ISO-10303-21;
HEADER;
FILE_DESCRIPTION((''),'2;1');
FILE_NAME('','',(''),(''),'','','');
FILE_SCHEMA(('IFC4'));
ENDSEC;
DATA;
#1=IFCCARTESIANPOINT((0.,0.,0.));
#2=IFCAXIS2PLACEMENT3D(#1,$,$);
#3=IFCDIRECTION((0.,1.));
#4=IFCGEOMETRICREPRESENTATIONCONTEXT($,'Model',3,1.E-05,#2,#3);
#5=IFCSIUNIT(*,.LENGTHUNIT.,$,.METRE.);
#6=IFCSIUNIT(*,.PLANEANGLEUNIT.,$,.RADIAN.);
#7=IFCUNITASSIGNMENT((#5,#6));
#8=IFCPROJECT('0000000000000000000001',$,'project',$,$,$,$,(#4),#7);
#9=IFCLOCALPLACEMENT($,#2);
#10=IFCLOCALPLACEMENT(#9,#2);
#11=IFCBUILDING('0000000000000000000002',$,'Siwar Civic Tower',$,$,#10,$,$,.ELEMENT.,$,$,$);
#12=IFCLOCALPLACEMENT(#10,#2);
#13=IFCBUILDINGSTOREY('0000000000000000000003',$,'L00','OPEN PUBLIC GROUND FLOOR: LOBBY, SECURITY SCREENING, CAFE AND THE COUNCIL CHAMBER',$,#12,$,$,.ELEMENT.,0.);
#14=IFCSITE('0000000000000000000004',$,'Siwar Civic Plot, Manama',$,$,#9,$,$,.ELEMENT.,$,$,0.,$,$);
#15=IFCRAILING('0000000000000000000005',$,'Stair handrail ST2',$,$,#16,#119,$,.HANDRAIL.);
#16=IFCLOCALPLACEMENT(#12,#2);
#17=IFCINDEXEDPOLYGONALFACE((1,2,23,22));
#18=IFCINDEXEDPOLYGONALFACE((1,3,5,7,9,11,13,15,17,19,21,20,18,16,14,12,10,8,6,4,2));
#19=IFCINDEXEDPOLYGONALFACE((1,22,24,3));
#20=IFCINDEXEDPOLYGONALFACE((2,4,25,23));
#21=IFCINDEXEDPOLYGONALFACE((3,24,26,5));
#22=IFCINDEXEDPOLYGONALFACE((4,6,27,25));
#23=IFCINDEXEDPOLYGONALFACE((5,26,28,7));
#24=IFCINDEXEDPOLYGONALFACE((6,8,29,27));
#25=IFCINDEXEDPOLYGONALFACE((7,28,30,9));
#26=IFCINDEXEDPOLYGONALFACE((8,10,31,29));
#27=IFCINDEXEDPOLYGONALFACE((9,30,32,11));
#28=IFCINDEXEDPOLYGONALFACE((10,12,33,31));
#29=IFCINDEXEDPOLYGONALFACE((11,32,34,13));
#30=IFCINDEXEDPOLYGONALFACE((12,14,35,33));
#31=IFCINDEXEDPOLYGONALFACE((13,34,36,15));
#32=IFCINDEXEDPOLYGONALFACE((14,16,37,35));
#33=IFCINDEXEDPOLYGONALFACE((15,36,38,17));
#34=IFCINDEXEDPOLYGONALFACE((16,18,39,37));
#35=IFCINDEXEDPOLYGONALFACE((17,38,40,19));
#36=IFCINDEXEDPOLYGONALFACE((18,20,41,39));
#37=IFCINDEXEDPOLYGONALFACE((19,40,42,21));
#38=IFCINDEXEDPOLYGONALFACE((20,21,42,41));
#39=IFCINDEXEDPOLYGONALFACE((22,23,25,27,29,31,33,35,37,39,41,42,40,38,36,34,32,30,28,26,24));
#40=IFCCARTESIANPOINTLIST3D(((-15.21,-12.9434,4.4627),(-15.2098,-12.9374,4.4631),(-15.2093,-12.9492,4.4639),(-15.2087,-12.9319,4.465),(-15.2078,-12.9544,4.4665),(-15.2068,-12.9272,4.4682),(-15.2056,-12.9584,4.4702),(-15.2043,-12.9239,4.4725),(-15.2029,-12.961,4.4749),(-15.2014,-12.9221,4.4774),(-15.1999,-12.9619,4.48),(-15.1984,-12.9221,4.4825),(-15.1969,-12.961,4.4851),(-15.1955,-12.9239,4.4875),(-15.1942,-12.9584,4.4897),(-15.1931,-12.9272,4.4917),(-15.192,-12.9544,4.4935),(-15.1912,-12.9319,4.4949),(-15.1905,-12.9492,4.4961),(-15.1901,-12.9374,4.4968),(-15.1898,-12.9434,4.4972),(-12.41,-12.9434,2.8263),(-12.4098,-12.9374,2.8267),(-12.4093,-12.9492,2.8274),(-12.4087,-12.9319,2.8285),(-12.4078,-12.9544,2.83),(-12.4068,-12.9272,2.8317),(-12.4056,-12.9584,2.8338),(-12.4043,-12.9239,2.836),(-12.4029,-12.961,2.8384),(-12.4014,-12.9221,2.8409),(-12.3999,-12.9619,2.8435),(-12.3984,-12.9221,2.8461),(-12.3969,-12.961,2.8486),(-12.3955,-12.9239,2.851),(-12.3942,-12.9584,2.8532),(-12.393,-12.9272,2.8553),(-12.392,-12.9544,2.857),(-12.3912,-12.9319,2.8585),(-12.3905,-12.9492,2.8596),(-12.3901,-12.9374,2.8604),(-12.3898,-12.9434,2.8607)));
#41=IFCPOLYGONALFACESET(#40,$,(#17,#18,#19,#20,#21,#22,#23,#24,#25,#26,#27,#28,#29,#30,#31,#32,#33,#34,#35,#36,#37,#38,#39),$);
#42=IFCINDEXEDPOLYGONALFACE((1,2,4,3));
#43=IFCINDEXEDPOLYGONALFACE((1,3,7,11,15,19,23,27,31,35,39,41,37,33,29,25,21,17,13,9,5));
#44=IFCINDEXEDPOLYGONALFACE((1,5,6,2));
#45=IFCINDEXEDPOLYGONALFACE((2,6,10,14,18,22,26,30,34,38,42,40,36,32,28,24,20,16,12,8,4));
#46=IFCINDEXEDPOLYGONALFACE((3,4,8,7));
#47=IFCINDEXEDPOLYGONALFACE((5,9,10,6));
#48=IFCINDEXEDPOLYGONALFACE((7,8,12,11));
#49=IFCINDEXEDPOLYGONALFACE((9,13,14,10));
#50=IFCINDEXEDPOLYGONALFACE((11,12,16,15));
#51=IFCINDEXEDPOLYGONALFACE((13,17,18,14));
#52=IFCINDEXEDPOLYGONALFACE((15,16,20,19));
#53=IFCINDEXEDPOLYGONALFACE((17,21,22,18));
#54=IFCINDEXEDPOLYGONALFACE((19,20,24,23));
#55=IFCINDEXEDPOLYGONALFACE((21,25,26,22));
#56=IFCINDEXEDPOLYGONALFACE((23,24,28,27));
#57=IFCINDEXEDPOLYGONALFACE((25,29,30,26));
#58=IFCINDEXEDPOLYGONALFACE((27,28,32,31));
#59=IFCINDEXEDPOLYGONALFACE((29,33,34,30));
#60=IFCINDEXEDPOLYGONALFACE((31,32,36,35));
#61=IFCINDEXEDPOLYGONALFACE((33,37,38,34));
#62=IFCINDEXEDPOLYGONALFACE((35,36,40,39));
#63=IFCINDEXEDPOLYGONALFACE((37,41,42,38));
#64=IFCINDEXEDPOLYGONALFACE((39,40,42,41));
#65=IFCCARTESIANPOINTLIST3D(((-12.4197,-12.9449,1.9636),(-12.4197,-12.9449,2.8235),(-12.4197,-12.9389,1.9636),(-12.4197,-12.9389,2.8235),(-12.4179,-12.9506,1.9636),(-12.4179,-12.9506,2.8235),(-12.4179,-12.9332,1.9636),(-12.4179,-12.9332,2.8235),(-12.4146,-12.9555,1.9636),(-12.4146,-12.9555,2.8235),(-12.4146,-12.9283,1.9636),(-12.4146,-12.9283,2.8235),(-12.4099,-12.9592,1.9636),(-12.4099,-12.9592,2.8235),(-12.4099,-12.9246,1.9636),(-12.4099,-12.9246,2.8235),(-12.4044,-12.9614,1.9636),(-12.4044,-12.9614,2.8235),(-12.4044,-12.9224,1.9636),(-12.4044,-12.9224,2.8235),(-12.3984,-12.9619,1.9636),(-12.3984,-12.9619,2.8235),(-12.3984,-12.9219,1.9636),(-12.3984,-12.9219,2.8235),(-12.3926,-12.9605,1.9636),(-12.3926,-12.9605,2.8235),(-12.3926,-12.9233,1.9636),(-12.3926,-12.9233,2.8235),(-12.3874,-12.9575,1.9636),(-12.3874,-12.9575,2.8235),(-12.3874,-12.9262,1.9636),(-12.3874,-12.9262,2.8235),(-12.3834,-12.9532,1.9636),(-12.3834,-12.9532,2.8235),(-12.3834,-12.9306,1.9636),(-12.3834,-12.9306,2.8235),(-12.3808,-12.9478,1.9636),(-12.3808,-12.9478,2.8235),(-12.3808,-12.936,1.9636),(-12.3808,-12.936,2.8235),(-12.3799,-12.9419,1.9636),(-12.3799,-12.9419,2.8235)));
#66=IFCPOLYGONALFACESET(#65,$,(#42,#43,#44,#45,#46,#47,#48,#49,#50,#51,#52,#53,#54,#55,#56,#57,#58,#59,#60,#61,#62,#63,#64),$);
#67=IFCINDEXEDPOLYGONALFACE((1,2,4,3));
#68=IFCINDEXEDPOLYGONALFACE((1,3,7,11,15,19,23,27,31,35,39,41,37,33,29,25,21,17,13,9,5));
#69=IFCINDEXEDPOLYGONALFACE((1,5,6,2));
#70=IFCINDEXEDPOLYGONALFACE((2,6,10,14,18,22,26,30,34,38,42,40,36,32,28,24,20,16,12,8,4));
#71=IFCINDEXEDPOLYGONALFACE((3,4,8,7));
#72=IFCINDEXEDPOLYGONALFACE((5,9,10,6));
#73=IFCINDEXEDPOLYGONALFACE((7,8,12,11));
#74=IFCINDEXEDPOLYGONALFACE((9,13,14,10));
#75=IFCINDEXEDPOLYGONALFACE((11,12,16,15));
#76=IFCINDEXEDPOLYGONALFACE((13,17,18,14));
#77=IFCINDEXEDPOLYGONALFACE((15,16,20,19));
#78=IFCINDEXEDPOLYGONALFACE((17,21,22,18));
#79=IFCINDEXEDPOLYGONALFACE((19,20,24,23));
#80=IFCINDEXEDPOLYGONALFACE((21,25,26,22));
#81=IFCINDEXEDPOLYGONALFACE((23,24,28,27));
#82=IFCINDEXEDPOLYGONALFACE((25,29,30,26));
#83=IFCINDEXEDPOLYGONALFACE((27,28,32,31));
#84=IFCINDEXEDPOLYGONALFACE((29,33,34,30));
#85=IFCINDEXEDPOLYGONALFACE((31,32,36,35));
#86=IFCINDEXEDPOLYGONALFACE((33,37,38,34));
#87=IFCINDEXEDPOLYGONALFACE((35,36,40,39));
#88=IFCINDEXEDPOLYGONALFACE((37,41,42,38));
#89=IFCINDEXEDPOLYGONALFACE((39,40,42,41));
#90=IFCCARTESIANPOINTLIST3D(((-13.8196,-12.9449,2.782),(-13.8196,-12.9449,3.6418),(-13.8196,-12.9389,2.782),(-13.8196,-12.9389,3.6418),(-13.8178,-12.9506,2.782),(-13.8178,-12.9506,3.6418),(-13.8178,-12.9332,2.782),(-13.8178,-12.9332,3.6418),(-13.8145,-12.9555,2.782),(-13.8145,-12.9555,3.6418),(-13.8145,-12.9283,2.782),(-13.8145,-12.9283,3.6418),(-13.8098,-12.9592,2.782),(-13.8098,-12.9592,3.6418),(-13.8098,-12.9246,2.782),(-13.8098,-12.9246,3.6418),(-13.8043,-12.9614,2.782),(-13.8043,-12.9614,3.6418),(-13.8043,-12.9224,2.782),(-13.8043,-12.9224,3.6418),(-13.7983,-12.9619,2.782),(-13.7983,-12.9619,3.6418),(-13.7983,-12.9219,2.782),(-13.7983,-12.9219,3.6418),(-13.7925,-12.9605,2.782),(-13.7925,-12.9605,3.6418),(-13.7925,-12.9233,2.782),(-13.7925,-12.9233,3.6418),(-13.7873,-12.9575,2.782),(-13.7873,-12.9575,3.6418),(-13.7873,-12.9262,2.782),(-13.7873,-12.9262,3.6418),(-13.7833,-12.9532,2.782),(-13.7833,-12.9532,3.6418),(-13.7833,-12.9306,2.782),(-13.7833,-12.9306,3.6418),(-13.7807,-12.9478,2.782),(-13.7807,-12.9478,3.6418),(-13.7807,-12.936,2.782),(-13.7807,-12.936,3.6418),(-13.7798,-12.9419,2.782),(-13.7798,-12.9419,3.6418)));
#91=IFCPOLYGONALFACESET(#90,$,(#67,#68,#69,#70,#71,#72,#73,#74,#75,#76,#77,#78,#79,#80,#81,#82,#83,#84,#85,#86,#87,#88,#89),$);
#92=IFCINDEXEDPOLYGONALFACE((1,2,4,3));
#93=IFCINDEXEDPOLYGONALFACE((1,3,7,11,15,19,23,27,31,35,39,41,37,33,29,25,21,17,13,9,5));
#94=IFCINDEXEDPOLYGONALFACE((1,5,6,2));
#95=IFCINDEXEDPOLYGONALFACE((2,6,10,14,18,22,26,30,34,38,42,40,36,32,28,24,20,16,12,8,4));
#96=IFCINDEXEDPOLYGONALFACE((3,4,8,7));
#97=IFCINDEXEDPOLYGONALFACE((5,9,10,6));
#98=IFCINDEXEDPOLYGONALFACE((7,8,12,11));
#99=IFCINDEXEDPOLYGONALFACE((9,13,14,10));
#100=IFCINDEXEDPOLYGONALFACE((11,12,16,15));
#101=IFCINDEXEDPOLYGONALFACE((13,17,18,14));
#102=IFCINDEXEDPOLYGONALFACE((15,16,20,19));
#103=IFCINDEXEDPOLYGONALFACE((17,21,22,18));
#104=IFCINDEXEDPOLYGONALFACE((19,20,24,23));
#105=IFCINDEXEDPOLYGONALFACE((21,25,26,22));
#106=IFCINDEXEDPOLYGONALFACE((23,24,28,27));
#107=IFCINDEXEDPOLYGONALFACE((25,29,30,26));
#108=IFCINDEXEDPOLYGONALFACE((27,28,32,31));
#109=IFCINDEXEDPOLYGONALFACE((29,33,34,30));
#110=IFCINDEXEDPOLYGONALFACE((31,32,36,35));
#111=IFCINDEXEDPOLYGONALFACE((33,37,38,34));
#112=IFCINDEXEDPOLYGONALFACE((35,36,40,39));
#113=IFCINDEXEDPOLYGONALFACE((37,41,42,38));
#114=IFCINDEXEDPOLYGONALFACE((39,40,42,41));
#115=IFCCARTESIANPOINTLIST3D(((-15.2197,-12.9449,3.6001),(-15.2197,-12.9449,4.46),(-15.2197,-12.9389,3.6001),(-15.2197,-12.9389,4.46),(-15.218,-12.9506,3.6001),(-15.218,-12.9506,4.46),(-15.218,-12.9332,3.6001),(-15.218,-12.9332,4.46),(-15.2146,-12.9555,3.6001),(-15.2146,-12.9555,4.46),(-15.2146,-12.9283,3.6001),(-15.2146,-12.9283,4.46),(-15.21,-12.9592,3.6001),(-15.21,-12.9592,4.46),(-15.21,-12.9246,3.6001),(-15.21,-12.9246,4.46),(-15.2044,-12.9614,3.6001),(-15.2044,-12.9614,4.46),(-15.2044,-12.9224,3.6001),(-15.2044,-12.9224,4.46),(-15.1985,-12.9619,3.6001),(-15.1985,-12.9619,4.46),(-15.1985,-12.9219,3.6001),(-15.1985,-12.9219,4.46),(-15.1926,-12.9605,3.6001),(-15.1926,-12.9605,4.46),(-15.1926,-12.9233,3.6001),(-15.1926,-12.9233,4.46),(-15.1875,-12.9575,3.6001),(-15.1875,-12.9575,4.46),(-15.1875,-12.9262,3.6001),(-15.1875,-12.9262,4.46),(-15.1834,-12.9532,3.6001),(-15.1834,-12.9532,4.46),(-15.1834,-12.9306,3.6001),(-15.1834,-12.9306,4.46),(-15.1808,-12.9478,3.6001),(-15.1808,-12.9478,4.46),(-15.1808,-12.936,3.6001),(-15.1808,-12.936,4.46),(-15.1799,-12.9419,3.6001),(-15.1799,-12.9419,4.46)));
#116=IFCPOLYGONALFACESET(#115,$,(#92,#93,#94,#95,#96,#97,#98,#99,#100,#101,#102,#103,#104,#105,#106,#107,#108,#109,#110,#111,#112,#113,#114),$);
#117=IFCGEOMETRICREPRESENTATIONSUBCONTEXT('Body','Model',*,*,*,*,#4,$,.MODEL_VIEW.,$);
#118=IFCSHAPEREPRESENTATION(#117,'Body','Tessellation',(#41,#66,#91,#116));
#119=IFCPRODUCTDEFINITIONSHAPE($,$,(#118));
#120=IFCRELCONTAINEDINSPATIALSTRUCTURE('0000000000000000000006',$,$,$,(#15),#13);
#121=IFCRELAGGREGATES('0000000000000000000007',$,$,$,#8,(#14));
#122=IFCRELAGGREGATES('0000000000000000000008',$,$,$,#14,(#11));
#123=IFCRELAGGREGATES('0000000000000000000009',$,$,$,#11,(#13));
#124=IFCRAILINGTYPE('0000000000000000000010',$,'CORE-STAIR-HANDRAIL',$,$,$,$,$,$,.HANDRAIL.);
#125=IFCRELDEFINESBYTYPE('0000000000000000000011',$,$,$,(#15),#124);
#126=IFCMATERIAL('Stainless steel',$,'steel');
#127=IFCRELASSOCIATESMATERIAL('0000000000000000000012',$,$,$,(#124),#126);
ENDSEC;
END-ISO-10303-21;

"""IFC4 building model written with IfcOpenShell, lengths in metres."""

from ifc_helpers import new_model, si_unit, direction, frame, origin, origin_2d, place, context, subcontext, project, spatial, circle, extrude, material, type_object, element, save


model = new_model("IFC4")

# Units and contexts
model_context = context("Model", 3, precision=1e-05, world=origin(), true_north=direction((0.0, 1.0)))
body_context = subcontext(model_context, "Body", "Model", "MODEL_VIEW")
ifc_project = project(units=[si_unit("LENGTHUNIT", "METRE"), si_unit("PLANEANGLEUNIT", "RADIAN")], contexts=[model_context])

# Site, building, storey
site_placement = place(None, origin())
site = spatial("IfcSite", under=ifc_project, at=site_placement, Name="Siwar Civic Plot, Manama", CompositionType="ELEMENT", RefElevation=0.0)
building_placement = place(site_placement, origin())
building = spatial("IfcBuilding", under=site, at=building_placement, Name="Siwar Civic Tower", CompositionType="ELEMENT")
storey_placement = place(building_placement, origin())
storey = spatial("IfcBuildingStorey", under=building, at=storey_placement, Name="L00", Description="OPEN PUBLIC GROUND FLOOR: LOBBY, SECURITY SCREENING, CAFE AND THE COUNCIL CHAMBER", CompositionType="ELEMENT", Elevation=0.0)

# Railing
ifc_material_1 = material(Name="Stainless steel", Category="steel")
railing_type = type_object("IfcRailingType", Name="CORE-STAIR-HANDRAIL", PredefinedType="HANDRAIL", material=ifc_material_1)
railing_1_placement = place(storey_placement, frame((-12.3999, -12.9419, 1.9636)))
element("IfcRailing", 1, at=railing_1_placement, inside=storey, type_object=railing_type, Name="Stair handrail ST2", PredefinedType="HANDRAIL", context=body_context, shape_type="SweptSolid", body=[
    extrude(circle(Radius=0.02, at=origin_2d()), frame((0.0, 0.0, 0.8799), z_axis=(-0.863361, 0.0, 0.504587), x_axis=(0.0, -1.0, 0.0)), (0.0, 0.0, 1.0), 3.2432),
    extrude(circle(Radius=0.02, at=origin_2d()), origin(), (0.0, 0.0, 1.0), 0.8599),
    extrude(circle(Radius=0.02, at=origin_2d()), frame((-1.3999, 0.0, 0.8184)), (0.0, 0.0, 1.0), 0.8599),
    extrude(circle(Radius=0.02, at=origin_2d()), frame((-2.8, 0.0, 1.6365)), (0.0, 0.0, 1.0), 0.8599),
])

save(model, "model.ifc")
